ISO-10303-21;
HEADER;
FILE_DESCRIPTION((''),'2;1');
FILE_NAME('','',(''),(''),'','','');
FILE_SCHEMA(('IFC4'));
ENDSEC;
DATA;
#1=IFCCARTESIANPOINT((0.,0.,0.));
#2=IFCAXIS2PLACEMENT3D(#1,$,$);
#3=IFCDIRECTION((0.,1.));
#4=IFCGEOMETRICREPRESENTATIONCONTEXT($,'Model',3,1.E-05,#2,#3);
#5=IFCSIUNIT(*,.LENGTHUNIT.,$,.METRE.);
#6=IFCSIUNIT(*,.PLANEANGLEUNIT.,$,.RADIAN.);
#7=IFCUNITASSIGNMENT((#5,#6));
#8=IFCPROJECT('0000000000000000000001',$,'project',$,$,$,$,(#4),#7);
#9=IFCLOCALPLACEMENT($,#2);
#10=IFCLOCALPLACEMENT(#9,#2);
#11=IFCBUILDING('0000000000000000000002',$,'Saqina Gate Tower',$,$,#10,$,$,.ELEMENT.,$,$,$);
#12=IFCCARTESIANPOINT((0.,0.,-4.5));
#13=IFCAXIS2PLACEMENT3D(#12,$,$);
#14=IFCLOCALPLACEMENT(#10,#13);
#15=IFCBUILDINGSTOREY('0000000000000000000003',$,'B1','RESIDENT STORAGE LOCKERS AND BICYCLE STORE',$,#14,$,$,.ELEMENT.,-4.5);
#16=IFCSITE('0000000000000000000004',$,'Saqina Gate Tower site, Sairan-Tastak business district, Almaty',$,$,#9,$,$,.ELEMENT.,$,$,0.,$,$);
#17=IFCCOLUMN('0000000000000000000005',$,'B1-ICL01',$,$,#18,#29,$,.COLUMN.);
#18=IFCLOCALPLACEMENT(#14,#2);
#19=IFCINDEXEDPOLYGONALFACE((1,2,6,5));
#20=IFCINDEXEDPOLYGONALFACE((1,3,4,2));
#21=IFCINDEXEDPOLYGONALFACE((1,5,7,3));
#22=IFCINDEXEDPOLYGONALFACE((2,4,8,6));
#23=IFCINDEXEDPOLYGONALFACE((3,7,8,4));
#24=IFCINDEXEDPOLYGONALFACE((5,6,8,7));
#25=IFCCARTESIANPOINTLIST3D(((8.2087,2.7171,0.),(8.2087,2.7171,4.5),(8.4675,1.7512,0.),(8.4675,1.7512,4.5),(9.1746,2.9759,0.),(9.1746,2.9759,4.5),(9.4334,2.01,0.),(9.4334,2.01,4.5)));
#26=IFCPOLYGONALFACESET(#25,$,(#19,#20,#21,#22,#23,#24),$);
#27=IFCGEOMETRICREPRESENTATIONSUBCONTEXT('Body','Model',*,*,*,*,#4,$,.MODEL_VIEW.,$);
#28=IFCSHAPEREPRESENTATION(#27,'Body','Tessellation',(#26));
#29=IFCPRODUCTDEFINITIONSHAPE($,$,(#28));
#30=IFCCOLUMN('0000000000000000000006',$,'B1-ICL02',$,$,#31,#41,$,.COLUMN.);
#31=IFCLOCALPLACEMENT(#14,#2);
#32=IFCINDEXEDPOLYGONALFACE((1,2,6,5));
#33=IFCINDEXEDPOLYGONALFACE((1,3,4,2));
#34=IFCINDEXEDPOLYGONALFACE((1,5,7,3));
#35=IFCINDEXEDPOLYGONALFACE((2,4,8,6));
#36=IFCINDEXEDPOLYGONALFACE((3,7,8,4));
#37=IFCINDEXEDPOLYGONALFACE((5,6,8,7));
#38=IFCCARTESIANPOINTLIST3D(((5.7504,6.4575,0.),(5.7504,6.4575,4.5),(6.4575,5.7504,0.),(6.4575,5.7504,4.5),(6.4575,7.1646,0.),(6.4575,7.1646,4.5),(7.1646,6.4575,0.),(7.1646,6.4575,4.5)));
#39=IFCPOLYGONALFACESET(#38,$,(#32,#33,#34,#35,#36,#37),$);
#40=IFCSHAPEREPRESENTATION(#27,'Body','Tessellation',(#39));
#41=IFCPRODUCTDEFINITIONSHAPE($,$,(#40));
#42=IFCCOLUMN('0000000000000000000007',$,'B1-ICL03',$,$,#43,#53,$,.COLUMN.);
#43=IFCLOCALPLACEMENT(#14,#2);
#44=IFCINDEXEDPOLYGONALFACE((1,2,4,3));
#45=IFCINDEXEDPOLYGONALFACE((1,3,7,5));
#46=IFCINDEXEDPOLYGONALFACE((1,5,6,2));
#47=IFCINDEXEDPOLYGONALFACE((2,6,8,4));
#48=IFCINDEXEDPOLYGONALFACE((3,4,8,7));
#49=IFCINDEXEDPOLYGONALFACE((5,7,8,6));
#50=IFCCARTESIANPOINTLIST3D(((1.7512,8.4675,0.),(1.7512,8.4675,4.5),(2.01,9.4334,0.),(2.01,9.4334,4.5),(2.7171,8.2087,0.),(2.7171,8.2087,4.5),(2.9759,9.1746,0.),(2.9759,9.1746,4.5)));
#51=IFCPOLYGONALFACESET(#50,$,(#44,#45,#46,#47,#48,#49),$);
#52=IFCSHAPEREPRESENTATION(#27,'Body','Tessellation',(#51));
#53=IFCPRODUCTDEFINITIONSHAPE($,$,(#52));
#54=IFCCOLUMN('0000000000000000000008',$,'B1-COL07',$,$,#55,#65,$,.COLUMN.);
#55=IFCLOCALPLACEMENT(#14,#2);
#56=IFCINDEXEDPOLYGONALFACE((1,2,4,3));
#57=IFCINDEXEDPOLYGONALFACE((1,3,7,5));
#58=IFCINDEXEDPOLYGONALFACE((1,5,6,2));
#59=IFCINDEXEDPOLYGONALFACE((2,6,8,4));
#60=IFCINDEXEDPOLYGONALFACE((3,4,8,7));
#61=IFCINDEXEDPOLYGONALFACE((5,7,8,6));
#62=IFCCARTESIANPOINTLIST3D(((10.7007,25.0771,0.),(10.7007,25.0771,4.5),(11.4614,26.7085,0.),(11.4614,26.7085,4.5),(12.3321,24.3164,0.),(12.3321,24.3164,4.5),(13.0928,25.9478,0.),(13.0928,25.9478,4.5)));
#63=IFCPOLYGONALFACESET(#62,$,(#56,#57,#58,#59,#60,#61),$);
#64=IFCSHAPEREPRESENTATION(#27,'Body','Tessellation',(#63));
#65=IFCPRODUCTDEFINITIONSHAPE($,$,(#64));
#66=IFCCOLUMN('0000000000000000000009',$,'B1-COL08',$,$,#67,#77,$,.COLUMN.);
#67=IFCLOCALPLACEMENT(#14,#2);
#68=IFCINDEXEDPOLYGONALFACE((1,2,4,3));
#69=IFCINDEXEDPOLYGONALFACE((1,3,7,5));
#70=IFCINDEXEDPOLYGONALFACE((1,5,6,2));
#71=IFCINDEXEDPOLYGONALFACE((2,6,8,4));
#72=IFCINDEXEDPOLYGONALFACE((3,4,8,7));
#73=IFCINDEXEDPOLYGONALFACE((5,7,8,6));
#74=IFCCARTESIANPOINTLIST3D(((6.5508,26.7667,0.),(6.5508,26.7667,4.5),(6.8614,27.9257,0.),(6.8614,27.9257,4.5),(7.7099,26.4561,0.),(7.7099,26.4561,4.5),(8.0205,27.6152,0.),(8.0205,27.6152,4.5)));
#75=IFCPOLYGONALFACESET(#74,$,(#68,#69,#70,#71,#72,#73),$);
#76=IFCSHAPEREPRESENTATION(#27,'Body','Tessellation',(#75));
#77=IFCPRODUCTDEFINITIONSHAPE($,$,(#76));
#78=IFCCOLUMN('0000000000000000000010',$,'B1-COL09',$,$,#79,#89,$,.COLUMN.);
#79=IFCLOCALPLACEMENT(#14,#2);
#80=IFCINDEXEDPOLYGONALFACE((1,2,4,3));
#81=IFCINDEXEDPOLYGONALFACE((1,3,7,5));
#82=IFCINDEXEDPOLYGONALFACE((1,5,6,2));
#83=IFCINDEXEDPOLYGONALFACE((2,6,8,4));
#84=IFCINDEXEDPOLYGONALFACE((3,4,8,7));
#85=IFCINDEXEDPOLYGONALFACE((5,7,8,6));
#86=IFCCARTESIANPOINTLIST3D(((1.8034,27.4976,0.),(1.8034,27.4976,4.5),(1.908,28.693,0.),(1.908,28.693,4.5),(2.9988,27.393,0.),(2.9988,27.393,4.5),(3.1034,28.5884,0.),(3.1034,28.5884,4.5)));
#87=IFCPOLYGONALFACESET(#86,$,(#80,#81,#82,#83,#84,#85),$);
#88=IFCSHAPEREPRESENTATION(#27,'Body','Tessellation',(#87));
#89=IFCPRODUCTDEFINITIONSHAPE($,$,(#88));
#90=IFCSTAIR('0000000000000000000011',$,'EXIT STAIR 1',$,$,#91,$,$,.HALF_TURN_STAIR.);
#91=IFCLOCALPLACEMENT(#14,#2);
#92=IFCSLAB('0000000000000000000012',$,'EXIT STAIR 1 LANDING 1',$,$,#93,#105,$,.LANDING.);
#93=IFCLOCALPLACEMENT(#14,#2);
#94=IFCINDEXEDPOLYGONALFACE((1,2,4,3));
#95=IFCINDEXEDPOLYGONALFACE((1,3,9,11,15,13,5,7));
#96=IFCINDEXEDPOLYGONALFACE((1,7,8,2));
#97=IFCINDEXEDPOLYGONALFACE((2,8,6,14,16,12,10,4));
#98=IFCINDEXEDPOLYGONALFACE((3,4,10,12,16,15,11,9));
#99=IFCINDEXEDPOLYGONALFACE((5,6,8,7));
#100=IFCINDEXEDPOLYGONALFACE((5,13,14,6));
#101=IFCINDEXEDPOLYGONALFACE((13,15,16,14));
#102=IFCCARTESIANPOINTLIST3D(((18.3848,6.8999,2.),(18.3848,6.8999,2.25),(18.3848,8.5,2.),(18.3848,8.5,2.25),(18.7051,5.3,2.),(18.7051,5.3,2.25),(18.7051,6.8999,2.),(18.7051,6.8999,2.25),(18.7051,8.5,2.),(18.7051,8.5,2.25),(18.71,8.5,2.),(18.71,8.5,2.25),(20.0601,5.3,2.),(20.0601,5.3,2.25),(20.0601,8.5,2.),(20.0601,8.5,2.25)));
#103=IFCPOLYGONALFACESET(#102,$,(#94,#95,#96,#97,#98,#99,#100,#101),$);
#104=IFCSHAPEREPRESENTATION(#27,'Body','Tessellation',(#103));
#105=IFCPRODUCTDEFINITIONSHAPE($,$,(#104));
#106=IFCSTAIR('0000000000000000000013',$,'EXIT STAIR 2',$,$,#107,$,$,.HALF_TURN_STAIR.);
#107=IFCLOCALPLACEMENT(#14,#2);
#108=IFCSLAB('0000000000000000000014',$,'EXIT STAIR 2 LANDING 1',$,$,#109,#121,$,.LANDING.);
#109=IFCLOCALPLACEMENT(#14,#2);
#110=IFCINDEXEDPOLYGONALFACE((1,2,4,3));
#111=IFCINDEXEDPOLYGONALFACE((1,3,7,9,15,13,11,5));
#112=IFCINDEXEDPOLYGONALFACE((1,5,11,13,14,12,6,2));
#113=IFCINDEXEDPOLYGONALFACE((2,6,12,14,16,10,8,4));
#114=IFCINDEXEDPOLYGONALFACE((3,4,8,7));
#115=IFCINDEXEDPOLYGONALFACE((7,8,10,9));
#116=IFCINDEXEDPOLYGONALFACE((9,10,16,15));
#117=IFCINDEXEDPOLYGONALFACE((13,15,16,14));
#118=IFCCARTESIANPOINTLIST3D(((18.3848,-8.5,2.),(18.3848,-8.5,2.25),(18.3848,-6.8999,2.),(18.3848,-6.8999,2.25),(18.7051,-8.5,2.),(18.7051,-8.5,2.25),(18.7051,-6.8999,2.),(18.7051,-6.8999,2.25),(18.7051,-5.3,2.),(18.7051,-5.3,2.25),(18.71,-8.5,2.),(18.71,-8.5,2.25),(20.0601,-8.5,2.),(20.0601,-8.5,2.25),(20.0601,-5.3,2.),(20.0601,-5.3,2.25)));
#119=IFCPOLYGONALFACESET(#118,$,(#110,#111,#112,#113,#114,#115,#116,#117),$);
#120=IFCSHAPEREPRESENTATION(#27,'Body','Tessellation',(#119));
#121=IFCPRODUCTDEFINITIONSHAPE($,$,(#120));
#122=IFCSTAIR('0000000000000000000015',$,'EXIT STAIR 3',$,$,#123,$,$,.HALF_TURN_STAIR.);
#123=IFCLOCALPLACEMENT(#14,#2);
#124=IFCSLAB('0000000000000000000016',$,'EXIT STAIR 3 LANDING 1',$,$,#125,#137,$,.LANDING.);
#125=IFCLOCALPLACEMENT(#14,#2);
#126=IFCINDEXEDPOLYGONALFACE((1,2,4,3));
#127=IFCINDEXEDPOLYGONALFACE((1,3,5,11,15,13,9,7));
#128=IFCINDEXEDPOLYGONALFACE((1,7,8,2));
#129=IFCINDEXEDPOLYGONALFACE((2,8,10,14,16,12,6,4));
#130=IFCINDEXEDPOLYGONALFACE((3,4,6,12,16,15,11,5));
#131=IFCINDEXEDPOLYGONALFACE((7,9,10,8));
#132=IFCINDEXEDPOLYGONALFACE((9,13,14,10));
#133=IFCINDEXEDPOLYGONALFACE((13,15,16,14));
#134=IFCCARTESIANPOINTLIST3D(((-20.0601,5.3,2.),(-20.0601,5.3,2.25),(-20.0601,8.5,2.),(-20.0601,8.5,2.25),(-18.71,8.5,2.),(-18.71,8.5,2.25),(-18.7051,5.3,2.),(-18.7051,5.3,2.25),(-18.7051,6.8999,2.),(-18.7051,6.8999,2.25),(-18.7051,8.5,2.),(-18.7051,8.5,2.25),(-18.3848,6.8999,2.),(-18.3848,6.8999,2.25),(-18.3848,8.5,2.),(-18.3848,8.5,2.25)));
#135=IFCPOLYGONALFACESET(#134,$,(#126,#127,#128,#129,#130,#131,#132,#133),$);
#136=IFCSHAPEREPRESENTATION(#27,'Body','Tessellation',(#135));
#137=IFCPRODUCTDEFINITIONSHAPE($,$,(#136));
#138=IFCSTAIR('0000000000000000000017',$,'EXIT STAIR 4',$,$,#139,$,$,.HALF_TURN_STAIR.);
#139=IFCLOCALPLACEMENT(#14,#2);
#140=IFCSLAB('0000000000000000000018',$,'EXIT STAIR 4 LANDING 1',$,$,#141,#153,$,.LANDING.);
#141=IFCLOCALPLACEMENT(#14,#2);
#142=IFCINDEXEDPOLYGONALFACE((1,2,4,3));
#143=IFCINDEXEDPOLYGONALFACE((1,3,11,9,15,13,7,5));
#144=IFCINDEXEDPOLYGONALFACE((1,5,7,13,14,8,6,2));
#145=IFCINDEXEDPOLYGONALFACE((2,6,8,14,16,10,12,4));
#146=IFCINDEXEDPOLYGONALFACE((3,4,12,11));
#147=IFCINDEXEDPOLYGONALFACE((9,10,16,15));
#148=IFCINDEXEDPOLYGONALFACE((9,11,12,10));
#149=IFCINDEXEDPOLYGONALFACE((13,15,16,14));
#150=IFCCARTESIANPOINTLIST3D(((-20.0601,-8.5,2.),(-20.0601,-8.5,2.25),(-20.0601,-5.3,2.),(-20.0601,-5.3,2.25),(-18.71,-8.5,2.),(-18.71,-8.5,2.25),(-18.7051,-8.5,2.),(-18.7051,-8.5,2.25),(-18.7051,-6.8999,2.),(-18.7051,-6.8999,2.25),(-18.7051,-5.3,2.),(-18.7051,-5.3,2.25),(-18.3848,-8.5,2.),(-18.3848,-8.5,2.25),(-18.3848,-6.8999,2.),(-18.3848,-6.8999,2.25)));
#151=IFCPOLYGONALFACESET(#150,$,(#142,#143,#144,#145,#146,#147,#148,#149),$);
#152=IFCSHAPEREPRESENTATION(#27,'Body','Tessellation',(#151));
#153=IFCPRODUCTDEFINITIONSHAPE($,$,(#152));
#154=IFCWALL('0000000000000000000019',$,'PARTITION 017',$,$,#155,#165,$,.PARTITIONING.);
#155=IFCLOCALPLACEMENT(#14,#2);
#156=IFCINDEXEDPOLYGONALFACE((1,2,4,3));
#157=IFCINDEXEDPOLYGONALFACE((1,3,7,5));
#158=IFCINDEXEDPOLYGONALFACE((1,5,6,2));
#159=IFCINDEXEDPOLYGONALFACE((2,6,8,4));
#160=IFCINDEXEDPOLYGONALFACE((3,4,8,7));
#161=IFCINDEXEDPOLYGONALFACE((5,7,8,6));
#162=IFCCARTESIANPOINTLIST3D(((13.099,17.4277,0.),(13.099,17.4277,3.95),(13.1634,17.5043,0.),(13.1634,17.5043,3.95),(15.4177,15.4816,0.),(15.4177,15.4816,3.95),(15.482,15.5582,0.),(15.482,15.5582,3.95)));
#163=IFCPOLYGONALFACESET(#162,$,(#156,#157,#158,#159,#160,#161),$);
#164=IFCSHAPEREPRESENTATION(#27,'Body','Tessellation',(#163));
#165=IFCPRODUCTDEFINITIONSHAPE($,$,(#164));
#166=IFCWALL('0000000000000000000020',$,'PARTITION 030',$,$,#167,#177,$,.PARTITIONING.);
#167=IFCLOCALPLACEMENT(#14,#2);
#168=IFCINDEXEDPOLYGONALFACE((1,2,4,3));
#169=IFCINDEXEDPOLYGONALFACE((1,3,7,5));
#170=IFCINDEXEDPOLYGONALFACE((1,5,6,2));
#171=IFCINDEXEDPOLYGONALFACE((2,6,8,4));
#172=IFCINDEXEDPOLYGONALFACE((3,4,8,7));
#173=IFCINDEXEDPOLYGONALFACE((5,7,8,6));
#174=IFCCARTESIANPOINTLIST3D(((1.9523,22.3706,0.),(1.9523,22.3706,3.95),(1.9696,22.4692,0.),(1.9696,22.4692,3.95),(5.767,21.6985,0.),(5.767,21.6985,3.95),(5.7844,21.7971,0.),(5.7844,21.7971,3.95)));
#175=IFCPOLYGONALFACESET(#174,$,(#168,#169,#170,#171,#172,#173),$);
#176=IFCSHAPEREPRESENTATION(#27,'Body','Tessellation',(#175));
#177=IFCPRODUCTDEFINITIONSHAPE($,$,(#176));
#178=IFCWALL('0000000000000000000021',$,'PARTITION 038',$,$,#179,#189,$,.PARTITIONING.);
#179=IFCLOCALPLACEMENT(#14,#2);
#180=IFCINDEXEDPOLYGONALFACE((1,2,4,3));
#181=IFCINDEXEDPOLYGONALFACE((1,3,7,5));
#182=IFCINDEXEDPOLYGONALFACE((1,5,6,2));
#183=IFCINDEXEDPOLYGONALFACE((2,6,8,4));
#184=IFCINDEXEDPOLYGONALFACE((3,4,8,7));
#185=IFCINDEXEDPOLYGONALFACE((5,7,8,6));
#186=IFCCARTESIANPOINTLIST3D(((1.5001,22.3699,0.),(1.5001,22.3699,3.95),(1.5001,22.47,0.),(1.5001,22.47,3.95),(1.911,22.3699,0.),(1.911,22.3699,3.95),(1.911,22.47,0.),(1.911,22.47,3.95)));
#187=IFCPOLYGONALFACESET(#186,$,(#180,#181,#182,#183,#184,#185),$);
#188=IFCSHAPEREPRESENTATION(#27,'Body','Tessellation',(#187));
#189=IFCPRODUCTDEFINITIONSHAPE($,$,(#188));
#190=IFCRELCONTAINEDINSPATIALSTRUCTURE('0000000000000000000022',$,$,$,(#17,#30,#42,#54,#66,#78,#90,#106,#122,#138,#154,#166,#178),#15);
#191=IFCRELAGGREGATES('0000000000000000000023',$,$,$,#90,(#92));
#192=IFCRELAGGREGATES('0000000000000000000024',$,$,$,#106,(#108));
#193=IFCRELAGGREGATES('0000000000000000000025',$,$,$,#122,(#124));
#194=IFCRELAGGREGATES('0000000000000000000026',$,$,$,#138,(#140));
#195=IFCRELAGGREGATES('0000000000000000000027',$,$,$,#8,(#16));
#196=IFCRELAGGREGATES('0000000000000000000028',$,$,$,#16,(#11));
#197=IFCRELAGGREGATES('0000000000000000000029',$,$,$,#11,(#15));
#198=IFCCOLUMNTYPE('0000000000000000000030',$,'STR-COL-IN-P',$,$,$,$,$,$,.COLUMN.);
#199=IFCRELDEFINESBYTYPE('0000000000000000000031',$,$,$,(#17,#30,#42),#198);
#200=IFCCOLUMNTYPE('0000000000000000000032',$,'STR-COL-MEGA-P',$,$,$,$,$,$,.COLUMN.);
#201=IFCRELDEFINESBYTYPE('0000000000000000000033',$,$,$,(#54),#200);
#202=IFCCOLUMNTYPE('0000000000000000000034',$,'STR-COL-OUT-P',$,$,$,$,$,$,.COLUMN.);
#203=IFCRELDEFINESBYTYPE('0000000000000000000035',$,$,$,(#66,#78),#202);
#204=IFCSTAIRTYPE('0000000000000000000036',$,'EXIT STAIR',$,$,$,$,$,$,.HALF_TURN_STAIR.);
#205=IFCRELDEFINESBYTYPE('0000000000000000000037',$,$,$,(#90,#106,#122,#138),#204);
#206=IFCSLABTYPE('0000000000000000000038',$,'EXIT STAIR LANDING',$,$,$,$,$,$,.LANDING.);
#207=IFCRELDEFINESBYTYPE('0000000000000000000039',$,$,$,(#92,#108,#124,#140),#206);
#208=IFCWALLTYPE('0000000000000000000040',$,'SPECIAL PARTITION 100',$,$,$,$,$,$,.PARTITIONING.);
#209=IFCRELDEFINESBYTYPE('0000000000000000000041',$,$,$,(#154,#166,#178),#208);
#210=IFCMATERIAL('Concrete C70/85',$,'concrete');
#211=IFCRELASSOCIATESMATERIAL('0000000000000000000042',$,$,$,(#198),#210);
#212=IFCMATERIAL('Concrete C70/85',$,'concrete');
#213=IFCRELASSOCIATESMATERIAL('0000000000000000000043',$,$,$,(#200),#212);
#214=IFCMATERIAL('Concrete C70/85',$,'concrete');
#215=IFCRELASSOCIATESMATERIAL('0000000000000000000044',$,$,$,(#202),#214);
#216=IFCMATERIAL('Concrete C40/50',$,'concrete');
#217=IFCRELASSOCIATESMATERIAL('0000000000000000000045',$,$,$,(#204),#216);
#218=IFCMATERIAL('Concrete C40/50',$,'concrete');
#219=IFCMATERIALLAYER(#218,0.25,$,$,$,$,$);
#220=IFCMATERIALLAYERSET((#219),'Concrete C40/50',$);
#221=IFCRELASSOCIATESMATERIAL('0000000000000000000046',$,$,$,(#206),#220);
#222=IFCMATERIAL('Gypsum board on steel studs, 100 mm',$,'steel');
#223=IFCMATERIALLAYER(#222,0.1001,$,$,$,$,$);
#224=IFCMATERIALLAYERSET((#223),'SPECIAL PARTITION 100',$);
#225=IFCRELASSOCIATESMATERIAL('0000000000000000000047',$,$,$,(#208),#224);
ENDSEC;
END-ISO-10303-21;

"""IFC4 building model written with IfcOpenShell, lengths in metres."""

from ifc_helpers import new_model, si_unit, direction, frame, frame_2d, origin, origin_2d, place, context, subcontext, project, spatial, polyline, rectangle, outline, extrude, material, layer, layer_set, material_profile, profile_set, type_object, element, aggregate, save


model = new_model("IFC4")

# Units and contexts
model_context = context("Model", 3, precision=1e-05, world=origin(), true_north=direction((0.0, 1.0)))
body_context = subcontext(model_context, "Body", "Model", "MODEL_VIEW")
ifc_project = project(units=[si_unit("LENGTHUNIT", "METRE"), si_unit("PLANEANGLEUNIT", "RADIAN")], contexts=[model_context])

# Site, building, storey
site_placement = place(None, origin())
site = spatial("IfcSite", under=ifc_project, at=site_placement, Name="Saqina Gate Tower site, Sairan-Tastak business district, Almaty", CompositionType="ELEMENT", RefElevation=0.0)
building_placement = place(site_placement, origin())
building = spatial("IfcBuilding", under=site, at=building_placement, Name="Saqina Gate Tower", CompositionType="ELEMENT")
storey_placement = place(building_placement, frame((0.0, 0.0, -4.5)))
storey = spatial("IfcBuildingStorey", under=building, at=storey_placement, Name="B1", Description="RESIDENT STORAGE LOCKERS AND BICYCLE STORE", CompositionType="ELEMENT", Elevation=-4.5)

# Columns
ifc_material_1 = material(Name="Concrete C70/85", Category="concrete")
ifc_material_profile_1 = material_profile(ifc_material_1, rectangle(XDim=1.0, YDim=1.0, at=origin_2d()), Name="RC 1000x1000")
ifc_profile_set_1 = profile_set([ifc_material_profile_1], Name="Concrete C70/85")
column_type_1 = type_object("IfcColumnType", Name="STR-COL-IN-P", PredefinedType="COLUMN", material=ifc_profile_set_1)
for number, where, z_axis, x_axis, name in (
    (1, (8.821, 2.3635, 0.0), (0.0, 0.0, 1.0), (0.965926, 0.258819, 0.0), "B1-ICL01"),
    (2, (6.4575, 6.4575, 0.0), (0.0, 0.0, 1.0), (0.707107, 0.707107, 0.0), "B1-ICL02"),
    (3, (2.3635, 8.821, 0.0), (0.0, 0.0, 1.0), (0.258819, 0.965926, 0.0), "B1-ICL03"),
):
    element("IfcColumn", number, at=place(storey_placement, frame(where, z_axis=z_axis, x_axis=x_axis)), inside=storey, type_object=column_type_1, Name=name, PredefinedType="COLUMN", context=body_context, shape_type="SweptSolid", body=[
        extrude(rectangle(XDim=1.0, YDim=1.0, at=origin_2d()), origin(), (0.0, 0.0, 1.0), 4.5),
    ])
ifc_material_2 = material(Name="Concrete C70/85", Category="concrete")
ifc_material_profile_2 = material_profile(ifc_material_2, rectangle(XDim=1.8, YDim=1.8, at=origin_2d()), Name="RC 1800x1800")
ifc_profile_set_2 = profile_set([ifc_material_profile_2], Name="Concrete C70/85")
column_type_2 = type_object("IfcColumnType", Name="STR-COL-MEGA-P", PredefinedType="COLUMN", material=ifc_profile_set_2)
column_placement = place(storey_placement, frame((11.8967, 25.5125, 0.0), z_axis=(0.0, 0.0, 1.0), x_axis=(0.422618, 0.906308, 0.0)))
element("IfcColumn", 4, at=column_placement, inside=storey, type_object=column_type_2, Name="B1-COL07", PredefinedType="COLUMN", context=body_context, shape_type="SweptSolid", body=[
    extrude(rectangle(XDim=1.8, YDim=1.8, at=origin_2d()), origin(), (0.0, 0.0, 1.0), 4.5),
])
ifc_material_3 = material(Name="Concrete C70/85", Category="concrete")
ifc_material_profile_3 = material_profile(ifc_material_3, rectangle(XDim=1.2, YDim=1.2, at=origin_2d()), Name="RC 1200x1200")
ifc_profile_set_3 = profile_set([ifc_material_profile_3], Name="Concrete C70/85")
column_type_3 = type_object("IfcColumnType", Name="STR-COL-OUT-P", PredefinedType="COLUMN", material=ifc_profile_set_3)
for number, where, z_axis, x_axis, name in (
    (5, (7.2856, 27.1909, 0.0), (0.0, 0.0, 1.0), (0.258819, 0.965926, 0.0), "B1-COL08"),
    (6, (2.4534, 28.043, 0.0), (0.0, 0.0, 1.0), (0.087156, 0.996195, 0.0), "B1-COL09"),
):
    element("IfcColumn", number, at=place(storey_placement, frame(where, z_axis=z_axis, x_axis=x_axis)), inside=storey, type_object=column_type_3, Name=name, PredefinedType="COLUMN", context=body_context, shape_type="SweptSolid", body=[
        extrude(rectangle(XDim=1.2, YDim=1.2, at=origin_2d()), origin(), (0.0, 0.0, 1.0), 4.5),
    ])

# Stairs, slabs
ifc_material_4 = material(Name="Concrete C40/50", Category="concrete")
stair_type = type_object("IfcStairType", Name="EXIT STAIR", PredefinedType="HALF_TURN_STAIR", material=ifc_material_4)
stair_1_placement = place(storey_placement, origin())
stair_1 = element("IfcStair", 7, at=stair_1_placement, inside=storey, type_object=stair_type, Name="EXIT STAIR 1", PredefinedType="HALF_TURN_STAIR")
ifc_material_5 = material(Name="Concrete C40/50", Category="concrete")
ifc_layer_1 = layer(ifc_material_5, 0.25)
ifc_layer_set_1 = layer_set([ifc_layer_1], Name="Concrete C40/50")
slab_type = type_object("IfcSlabType", Name="EXIT STAIR LANDING", PredefinedType="LANDING", material=ifc_layer_set_1)
slab_1_placement = place(storey_placement, frame((0.0, 0.0, 2.0)))
slab_1 = element("IfcSlab", 8, at=slab_1_placement, type_object=slab_type, Name="EXIT STAIR 1 LANDING 1", PredefinedType="LANDING", context=body_context, shape_type="SweptSolid", body=[
    extrude(outline(polyline([(20.0601, 8.5), (20.0601, 5.3), (18.7051, 5.3), (18.7051, 6.8999), (18.3848, 6.8999), (18.3848, 8.5), (18.7051, 8.5), (18.71, 8.5), (20.0601, 8.5)])), origin(), (0.0, 0.0, 1.0), 0.25),
])
aggregate(stair_1, [slab_1])
stair_2_placement = place(storey_placement, origin())
stair_2 = element("IfcStair", 9, at=stair_2_placement, inside=storey, type_object=stair_type, Name="EXIT STAIR 2", PredefinedType="HALF_TURN_STAIR")
slab_2_placement = place(storey_placement, frame((0.0, 0.0, 2.0)))
slab_2 = element("IfcSlab", 10, at=slab_2_placement, type_object=slab_type, Name="EXIT STAIR 2 LANDING 1", PredefinedType="LANDING", context=body_context, shape_type="SweptSolid", body=[
    extrude(outline(polyline([(18.3848, -8.5), (18.3848, -6.8999), (18.7051, -6.8999), (18.7051, -5.3), (20.0601, -5.3), (20.0601, -8.5), (18.71, -8.5), (18.7051, -8.5), (18.3848, -8.5)])), origin(), (0.0, 0.0, 1.0), 0.25),
])
aggregate(stair_2, [slab_2])
stair_3_placement = place(storey_placement, origin())
stair_3 = element("IfcStair", 11, at=stair_3_placement, inside=storey, type_object=stair_type, Name="EXIT STAIR 3", PredefinedType="HALF_TURN_STAIR")
slab_3_placement = place(storey_placement, frame((0.0, 0.0, 2.0)))
slab_3 = element("IfcSlab", 12, at=slab_3_placement, type_object=slab_type, Name="EXIT STAIR 3 LANDING 1", PredefinedType="LANDING", context=body_context, shape_type="SweptSolid", body=[
    extrude(outline(polyline([(-18.7051, 5.3), (-20.0601, 5.3), (-20.0601, 8.5), (-18.71, 8.5), (-18.7051, 8.5), (-18.3848, 8.5), (-18.3848, 6.8999), (-18.7051, 6.8999), (-18.7051, 5.3)])), origin(), (0.0, 0.0, 1.0), 0.25),
])
aggregate(stair_3, [slab_3])
stair_4_placement = place(storey_placement, origin())
stair_4 = element("IfcStair", 13, at=stair_4_placement, inside=storey, type_object=stair_type, Name="EXIT STAIR 4", PredefinedType="HALF_TURN_STAIR")
slab_4_placement = place(storey_placement, frame((0.0, 0.0, 2.0)))
slab_4 = element("IfcSlab", 14, at=slab_4_placement, type_object=slab_type, Name="EXIT STAIR 4 LANDING 1", PredefinedType="LANDING", context=body_context, shape_type="SweptSolid", body=[
    extrude(outline(polyline([(-18.3848, -6.8999), (-18.3848, -8.5), (-18.7051, -8.5), (-18.71, -8.5), (-20.0601, -8.5), (-20.0601, -5.3), (-18.7051, -5.3), (-18.7051, -6.8999), (-18.3848, -6.8999)])), origin(), (0.0, 0.0, 1.0), 0.25),
])
aggregate(stair_4, [slab_4])

# Walls
ifc_material_6 = material(Name="Gypsum board on steel studs, 100 mm", Category="steel")
ifc_layer_2 = layer(ifc_material_6, 0.1001)
ifc_layer_set_2 = layer_set([ifc_layer_2], Name="SPECIAL PARTITION 100")
wall_type_1 = type_object("IfcWallType", Name="SPECIAL PARTITION 100", PredefinedType="PARTITIONING", material=ifc_layer_set_2)
wall_1_placement = place(storey_placement, frame((13.1311, 17.4661, 0.0), z_axis=(0.0, 0.0, 1.0), x_axis=(0.765962, -0.642886, 0.0)))
element("IfcWall", 15, at=wall_1_placement, inside=storey, type_object=wall_type_1, Name="PARTITION 017", PredefinedType="PARTITIONING", context=body_context, shape_type="SweptSolid", body=[
    extrude(rectangle(XDim=3.0271, YDim=0.1001, at=frame_2d((1.5137, 0.0))), origin(), (0.0, 0.0, 1.0), 3.95),
])
wall_2_placement = place(storey_placement, frame((1.9609, 22.4199, 0.0), z_axis=(0.0, 0.0, 1.0), x_axis=(0.98483, -0.173519, 0.0)))
element("IfcWall", 16, at=wall_2_placement, inside=storey, type_object=wall_type_1, Name="PARTITION 030", PredefinedType="PARTITIONING", context=body_context, shape_type="SweptSolid", body=[
    extrude(rectangle(XDim=3.8735, YDim=0.1001, at=frame_2d((1.9368, 0.0))), origin(), (0.0, 0.0, 1.0), 3.95),
])
wall_3_placement = place(storey_placement, frame((1.5, 22.4199, 0.0), z_axis=(0.0, 0.0, 1.0), x_axis=(1.0, 0.0, 0.0)))
element("IfcWall", 17, at=wall_3_placement, inside=storey, type_object=wall_type_1, Name="PARTITION 038", PredefinedType="PARTITIONING", context=body_context, shape_type="SweptSolid", body=[
    extrude(rectangle(XDim=0.4109, YDim=0.1001, at=frame_2d((0.2056, 0.0))), origin(), (0.0, 0.0, 1.0), 3.95),
])

save(model, "model.ifc")
